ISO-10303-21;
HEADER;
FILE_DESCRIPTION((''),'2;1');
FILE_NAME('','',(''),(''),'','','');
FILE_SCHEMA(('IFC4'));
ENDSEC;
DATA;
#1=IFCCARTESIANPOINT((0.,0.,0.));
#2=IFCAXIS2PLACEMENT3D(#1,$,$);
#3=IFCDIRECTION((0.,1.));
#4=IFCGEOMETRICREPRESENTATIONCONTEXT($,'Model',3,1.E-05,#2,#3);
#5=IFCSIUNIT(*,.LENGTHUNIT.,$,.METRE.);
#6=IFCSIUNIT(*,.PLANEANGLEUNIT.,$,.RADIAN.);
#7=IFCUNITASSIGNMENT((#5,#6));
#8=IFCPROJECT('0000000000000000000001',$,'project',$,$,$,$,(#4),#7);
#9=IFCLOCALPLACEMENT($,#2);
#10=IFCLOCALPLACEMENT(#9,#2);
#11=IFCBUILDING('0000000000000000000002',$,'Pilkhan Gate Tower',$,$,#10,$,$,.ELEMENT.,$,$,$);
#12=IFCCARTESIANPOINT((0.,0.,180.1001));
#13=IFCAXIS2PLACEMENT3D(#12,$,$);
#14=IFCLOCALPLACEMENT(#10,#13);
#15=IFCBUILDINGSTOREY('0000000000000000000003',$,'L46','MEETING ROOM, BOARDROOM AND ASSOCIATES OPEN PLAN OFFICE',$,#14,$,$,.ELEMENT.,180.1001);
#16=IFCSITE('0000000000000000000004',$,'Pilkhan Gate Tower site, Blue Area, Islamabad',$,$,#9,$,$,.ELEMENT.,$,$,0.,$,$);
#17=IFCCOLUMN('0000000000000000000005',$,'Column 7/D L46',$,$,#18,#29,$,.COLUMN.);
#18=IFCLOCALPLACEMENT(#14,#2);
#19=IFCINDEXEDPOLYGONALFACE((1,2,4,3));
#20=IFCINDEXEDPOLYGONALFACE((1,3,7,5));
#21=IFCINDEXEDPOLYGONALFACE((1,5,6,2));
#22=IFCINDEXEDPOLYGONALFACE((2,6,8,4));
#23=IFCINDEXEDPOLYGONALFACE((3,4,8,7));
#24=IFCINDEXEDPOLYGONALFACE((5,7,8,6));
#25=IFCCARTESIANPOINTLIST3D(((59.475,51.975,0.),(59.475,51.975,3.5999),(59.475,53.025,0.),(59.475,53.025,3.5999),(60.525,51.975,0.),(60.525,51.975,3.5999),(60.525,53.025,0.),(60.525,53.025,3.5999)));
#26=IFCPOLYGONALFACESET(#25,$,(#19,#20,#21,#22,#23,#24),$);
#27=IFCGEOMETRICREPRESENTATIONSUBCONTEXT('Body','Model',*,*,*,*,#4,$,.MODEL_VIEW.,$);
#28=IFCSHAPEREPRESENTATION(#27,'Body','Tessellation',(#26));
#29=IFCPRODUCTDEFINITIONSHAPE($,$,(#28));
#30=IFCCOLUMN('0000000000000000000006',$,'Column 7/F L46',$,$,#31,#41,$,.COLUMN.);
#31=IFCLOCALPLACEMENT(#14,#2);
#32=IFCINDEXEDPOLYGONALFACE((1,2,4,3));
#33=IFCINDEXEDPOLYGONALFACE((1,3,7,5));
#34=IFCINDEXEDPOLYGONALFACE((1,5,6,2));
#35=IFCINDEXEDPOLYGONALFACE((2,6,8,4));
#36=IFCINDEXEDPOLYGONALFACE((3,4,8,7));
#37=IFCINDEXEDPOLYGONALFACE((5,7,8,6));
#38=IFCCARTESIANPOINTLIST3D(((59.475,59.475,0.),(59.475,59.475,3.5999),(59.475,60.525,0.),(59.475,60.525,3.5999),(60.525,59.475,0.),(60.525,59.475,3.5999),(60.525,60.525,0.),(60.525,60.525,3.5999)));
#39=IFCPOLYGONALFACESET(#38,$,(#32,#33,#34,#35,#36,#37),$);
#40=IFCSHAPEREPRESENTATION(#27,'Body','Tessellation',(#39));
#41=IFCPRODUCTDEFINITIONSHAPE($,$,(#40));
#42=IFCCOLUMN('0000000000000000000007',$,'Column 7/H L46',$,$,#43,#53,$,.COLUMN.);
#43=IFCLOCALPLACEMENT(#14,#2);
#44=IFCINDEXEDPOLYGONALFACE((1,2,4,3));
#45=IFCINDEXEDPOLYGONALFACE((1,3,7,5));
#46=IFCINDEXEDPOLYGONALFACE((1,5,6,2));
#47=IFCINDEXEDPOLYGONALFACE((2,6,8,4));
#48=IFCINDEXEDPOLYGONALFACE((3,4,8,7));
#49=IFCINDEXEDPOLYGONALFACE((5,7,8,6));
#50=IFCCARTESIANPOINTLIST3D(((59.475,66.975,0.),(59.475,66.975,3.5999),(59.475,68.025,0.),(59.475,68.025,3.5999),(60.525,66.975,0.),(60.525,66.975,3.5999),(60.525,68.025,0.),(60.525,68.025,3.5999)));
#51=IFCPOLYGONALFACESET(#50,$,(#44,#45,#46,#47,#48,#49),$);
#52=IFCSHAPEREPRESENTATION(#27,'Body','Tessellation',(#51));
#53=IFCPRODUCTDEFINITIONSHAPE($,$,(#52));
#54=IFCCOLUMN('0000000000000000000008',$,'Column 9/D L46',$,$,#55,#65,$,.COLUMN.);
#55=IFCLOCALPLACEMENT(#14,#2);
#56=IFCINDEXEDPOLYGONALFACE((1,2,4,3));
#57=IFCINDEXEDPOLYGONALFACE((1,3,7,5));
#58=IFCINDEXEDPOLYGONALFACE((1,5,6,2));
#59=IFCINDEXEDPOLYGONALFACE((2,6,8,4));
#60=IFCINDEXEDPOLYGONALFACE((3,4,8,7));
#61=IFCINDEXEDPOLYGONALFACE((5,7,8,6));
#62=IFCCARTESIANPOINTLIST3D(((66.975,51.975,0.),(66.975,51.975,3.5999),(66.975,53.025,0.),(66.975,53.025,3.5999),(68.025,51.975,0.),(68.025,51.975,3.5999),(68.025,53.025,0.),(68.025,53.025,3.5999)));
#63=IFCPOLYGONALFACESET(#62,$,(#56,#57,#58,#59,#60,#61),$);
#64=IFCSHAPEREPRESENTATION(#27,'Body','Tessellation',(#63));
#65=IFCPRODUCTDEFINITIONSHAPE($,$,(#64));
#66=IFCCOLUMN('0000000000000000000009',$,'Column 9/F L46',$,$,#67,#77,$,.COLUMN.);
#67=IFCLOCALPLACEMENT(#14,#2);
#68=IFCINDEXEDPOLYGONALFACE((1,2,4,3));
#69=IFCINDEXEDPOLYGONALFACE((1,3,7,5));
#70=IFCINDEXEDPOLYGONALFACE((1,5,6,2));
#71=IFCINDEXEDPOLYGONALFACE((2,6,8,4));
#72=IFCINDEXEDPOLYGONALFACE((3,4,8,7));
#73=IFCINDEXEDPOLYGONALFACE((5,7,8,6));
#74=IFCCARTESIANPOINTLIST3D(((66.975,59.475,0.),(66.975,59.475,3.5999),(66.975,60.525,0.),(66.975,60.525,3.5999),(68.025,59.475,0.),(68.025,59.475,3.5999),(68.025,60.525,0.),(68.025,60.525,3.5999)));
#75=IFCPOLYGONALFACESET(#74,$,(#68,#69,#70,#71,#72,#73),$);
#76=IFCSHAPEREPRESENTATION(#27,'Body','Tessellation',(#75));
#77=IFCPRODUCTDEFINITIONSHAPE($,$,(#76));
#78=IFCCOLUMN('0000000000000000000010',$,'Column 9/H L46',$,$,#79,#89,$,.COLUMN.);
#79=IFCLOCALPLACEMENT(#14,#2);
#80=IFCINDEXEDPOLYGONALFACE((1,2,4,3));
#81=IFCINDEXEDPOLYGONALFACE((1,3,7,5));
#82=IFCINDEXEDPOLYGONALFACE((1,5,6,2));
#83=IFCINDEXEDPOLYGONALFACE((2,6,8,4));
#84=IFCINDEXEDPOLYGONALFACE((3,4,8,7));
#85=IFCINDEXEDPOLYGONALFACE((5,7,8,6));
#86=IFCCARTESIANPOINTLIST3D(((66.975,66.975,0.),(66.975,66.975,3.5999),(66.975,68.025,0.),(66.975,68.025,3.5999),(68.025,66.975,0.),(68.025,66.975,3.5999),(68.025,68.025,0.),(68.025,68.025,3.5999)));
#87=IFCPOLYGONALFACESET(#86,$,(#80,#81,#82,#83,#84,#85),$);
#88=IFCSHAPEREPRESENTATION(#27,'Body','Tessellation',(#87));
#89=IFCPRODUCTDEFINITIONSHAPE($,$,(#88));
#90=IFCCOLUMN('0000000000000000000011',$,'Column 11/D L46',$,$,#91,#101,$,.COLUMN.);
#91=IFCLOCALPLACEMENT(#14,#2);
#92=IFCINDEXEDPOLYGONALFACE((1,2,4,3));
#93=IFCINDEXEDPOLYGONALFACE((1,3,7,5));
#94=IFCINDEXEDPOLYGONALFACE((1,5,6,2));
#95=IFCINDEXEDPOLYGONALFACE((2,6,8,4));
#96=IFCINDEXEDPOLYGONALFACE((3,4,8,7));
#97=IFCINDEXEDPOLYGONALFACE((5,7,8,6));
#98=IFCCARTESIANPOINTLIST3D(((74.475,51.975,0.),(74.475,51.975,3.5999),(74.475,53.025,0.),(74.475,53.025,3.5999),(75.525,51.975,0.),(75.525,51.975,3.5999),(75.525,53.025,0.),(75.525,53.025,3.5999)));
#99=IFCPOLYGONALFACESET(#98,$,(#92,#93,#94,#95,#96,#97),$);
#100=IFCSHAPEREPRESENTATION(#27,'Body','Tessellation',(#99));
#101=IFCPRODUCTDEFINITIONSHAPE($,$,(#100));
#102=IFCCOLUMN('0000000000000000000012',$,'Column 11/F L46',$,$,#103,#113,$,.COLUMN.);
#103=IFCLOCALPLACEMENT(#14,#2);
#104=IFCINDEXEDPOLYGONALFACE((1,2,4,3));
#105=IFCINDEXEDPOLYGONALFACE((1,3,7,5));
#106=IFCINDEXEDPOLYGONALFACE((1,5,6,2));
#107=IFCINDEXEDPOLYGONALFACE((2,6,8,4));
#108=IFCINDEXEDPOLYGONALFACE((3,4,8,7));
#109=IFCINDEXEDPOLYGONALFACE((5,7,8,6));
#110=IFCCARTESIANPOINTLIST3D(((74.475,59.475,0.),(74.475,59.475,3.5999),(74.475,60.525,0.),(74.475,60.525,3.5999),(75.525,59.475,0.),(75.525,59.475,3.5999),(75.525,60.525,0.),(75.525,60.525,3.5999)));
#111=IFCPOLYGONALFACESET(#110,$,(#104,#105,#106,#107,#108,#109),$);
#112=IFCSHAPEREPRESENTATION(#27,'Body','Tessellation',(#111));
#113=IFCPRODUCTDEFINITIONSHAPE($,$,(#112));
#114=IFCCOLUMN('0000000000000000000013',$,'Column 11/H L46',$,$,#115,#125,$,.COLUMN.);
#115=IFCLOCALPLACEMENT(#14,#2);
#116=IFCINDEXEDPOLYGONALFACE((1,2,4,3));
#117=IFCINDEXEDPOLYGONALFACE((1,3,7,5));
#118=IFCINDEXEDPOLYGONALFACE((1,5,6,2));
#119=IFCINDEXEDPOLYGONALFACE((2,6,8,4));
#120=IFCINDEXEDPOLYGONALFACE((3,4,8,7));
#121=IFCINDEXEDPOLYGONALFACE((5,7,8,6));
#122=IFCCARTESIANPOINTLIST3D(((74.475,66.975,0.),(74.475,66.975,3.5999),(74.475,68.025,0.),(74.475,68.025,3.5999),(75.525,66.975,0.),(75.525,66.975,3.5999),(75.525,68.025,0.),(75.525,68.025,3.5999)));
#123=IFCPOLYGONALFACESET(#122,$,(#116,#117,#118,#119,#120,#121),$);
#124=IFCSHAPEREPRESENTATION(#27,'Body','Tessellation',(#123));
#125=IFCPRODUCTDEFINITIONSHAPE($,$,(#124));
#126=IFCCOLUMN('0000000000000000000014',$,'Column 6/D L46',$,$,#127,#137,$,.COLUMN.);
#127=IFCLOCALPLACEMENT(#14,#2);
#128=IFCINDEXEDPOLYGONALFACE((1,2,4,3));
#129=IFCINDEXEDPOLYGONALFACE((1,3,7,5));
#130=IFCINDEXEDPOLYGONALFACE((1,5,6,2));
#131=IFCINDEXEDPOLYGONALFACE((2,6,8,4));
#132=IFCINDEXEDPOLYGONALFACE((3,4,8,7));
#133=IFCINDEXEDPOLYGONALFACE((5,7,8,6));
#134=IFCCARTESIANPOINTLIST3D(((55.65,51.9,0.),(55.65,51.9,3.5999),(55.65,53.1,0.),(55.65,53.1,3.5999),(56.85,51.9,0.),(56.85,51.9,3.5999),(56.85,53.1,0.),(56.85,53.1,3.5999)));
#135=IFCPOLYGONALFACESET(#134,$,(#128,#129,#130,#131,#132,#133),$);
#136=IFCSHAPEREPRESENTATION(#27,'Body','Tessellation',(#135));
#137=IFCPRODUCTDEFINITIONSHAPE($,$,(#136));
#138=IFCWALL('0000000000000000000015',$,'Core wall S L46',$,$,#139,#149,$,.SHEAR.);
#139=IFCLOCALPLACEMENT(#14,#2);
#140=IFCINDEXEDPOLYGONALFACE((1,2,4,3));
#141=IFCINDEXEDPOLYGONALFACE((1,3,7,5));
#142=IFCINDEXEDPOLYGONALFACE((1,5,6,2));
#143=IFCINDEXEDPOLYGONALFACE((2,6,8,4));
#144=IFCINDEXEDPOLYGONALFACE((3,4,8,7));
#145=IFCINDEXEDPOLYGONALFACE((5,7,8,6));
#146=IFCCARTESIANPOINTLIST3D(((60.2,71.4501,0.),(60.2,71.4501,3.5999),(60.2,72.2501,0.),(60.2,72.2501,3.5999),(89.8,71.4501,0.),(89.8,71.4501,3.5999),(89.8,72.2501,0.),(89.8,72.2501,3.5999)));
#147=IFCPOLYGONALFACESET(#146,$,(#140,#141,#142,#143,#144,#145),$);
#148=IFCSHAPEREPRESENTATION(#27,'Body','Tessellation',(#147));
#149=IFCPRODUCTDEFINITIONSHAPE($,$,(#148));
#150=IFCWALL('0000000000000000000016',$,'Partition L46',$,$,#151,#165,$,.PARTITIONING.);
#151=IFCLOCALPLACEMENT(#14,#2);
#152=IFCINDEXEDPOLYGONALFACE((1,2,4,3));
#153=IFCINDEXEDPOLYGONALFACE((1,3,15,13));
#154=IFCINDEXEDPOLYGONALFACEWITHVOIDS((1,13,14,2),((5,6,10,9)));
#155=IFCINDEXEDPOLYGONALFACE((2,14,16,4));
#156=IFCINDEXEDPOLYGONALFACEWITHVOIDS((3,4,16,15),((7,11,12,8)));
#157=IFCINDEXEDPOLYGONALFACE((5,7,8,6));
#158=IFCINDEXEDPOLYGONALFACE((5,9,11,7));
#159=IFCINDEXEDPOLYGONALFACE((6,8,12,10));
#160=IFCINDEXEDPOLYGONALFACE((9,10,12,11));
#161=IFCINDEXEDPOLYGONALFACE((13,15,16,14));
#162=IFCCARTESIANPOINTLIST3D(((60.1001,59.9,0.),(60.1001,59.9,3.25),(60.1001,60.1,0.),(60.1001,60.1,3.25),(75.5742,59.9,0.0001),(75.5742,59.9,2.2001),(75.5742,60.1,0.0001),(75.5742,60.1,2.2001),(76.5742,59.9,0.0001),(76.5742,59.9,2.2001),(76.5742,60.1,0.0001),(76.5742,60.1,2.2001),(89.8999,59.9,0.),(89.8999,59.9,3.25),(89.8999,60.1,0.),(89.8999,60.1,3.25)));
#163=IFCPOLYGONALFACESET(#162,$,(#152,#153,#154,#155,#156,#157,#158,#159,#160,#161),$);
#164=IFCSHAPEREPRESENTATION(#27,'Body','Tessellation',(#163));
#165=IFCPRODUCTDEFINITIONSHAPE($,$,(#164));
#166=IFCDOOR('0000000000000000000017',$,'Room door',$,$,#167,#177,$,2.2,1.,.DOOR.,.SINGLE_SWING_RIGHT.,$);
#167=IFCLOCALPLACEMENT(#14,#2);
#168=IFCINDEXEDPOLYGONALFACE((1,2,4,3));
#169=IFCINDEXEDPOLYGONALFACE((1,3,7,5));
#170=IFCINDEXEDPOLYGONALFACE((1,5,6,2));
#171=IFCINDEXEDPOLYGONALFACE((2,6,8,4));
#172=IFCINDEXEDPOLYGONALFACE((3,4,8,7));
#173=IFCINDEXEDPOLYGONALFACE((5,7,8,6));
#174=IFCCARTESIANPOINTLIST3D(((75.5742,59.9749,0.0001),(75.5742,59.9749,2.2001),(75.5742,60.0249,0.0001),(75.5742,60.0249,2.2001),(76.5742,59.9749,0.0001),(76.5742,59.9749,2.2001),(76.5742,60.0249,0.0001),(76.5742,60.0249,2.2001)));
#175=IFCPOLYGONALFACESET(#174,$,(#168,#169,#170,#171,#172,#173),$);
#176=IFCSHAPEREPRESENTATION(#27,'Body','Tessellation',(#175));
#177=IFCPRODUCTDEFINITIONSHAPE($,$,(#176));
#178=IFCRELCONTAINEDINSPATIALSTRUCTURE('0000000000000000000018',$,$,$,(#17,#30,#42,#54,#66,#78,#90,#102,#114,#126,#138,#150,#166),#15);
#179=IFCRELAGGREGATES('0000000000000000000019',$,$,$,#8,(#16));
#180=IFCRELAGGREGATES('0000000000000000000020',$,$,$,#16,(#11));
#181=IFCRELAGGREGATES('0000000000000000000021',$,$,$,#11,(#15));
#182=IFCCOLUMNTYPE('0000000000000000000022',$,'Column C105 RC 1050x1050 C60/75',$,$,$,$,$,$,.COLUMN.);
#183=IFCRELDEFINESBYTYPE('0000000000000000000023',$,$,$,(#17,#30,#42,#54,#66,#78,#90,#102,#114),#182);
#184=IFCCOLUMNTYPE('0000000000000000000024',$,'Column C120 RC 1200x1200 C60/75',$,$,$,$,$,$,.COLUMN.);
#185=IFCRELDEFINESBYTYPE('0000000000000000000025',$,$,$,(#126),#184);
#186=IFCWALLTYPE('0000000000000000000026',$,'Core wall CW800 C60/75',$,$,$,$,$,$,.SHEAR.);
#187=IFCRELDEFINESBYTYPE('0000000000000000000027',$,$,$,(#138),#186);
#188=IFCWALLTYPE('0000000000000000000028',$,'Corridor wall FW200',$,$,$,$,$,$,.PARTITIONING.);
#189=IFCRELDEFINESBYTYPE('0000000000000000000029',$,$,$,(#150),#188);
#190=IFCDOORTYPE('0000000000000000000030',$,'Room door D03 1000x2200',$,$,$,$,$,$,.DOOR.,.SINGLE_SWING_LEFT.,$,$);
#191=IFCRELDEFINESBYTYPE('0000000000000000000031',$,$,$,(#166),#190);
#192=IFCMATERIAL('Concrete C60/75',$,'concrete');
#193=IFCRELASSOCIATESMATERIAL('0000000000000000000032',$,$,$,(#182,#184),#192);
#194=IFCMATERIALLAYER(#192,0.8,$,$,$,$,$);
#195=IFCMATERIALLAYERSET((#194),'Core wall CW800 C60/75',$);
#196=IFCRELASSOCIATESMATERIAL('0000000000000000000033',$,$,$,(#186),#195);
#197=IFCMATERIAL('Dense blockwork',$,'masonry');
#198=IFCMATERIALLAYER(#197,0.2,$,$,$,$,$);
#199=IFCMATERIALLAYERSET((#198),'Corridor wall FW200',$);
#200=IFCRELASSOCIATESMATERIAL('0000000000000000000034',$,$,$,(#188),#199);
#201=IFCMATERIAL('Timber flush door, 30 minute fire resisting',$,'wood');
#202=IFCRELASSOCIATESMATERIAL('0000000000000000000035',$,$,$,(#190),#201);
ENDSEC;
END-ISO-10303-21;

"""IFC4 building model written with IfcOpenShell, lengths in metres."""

from ifc_helpers import new_model, si_unit, direction, frame, frame_2d, origin, origin_2d, place, context, subcontext, project, spatial, rectangle, extrude, material, layer, layer_set, material_profile, profile_set, type_object, element, fill, save


model = new_model("IFC4")

# Units and contexts
model_context = context("Model", 3, precision=1e-05, world=origin(), true_north=direction((0.0, 1.0)))
body_context = subcontext(model_context, "Body", "Model", "MODEL_VIEW")
ifc_project = project(units=[si_unit("LENGTHUNIT", "METRE"), si_unit("PLANEANGLEUNIT", "RADIAN")], contexts=[model_context])

# Site, building, storey
site_placement = place(None, origin())
site = spatial("IfcSite", under=ifc_project, at=site_placement, Name="Pilkhan Gate Tower site, Blue Area, Islamabad", CompositionType="ELEMENT", RefElevation=0.0)
building_placement = place(site_placement, origin())
building = spatial("IfcBuilding", under=site, at=building_placement, Name="Pilkhan Gate Tower", CompositionType="ELEMENT")
storey_placement = place(building_placement, frame((0.0, 0.0, 180.1001)))
storey = spatial("IfcBuildingStorey", under=building, at=storey_placement, Name="L46", Description="MEETING ROOM, BOARDROOM AND ASSOCIATES OPEN PLAN OFFICE", CompositionType="ELEMENT", Elevation=180.1001)

# Columns
ifc_material_1 = material(Name="Concrete C60/75", Category="concrete")
ifc_material_profile_1 = material_profile(ifc_material_1, rectangle(XDim=1.05, YDim=1.05, at=origin_2d()), Name="RC 1050x1050")
ifc_profile_set_1 = profile_set([ifc_material_profile_1], Name="Concrete C60/75")
column_type_1 = type_object("IfcColumnType", Name="Column C105 RC 1050x1050 C60/75", PredefinedType="COLUMN", material=ifc_profile_set_1)
for number, where, z_axis, x_axis, name in (
    (1, (60.0, 52.5, 0.0), (0.0, 0.0, 1.0), (1.0, 0.0, 0.0), "Column 7/D L46"),
    (2, (60.0, 60.0, 0.0), (0.0, 0.0, 1.0), (1.0, 0.0, 0.0), "Column 7/F L46"),
    (3, (60.0, 67.5, 0.0), (0.0, 0.0, 1.0), (1.0, 0.0, 0.0), "Column 7/H L46"),
    (4, (67.5, 52.5, 0.0), (0.0, 0.0, 1.0), (1.0, 0.0, 0.0), "Column 9/D L46"),
    (5, (67.5, 60.0, 0.0), (0.0, 0.0, 1.0), (1.0, 0.0, 0.0), "Column 9/F L46"),
    (6, (67.5, 67.5, 0.0), (0.0, 0.0, 1.0), (1.0, 0.0, 0.0), "Column 9/H L46"),
    (7, (75.0, 52.5, 0.0), (0.0, 0.0, 1.0), (1.0, 0.0, 0.0), "Column 11/D L46"),
    (8, (75.0, 60.0, 0.0), (0.0, 0.0, 1.0), (1.0, 0.0, 0.0), "Column 11/F L46"),
    (9, (75.0, 67.5, 0.0), (0.0, 0.0, 1.0), (1.0, 0.0, 0.0), "Column 11/H L46"),
):
    element("IfcColumn", number, at=place(storey_placement, frame(where, z_axis=z_axis, x_axis=x_axis)), inside=storey, type_object=column_type_1, Name=name, PredefinedType="COLUMN", context=body_context, shape_type="SweptSolid", body=[
        extrude(rectangle(XDim=1.05, YDim=1.05, at=origin_2d()), origin(), (0.0, 0.0, 1.0), 3.5999),
    ])
ifc_material_profile_2 = material_profile(ifc_material_1, rectangle(XDim=1.2, YDim=1.2, at=origin_2d()), Name="RC 1200x1200")
ifc_profile_set_2 = profile_set([ifc_material_profile_2], Name="Concrete C60/75")
column_type_2 = type_object("IfcColumnType", Name="Column C120 RC 1200x1200 C60/75", PredefinedType="COLUMN", material=ifc_profile_set_2)
column_placement = place(storey_placement, frame((56.25, 52.5, 0.0), z_axis=(0.0, 0.0, 1.0), x_axis=(1.0, 0.0, 0.0)))
element("IfcColumn", 10, at=column_placement, inside=storey, type_object=column_type_2, Name="Column 6/D L46", PredefinedType="COLUMN", context=body_context, shape_type="SweptSolid", body=[
    extrude(rectangle(XDim=1.2, YDim=1.2, at=origin_2d()), origin(), (0.0, 0.0, 1.0), 3.5999),
])

# Wall
ifc_layer_1 = layer(ifc_material_1, 0.8)
ifc_layer_set_1 = layer_set([ifc_layer_1], Name="Core wall CW800 C60/75")
wall_type_1 = type_object("IfcWallType", Name="Core wall CW800 C60/75", PredefinedType="SHEAR", material=ifc_layer_set_1)
wall_1_placement = place(storey_placement, frame((60.2, 71.8501, 0.0), z_axis=(0.0, 0.0, 1.0), x_axis=(1.0, 0.0, 0.0)))
element("IfcWall", 11, at=wall_1_placement, inside=storey, type_object=wall_type_1, Name="Core wall S L46", PredefinedType="SHEAR", context=body_context, shape_type="SweptSolid", body=[
    extrude(rectangle(XDim=29.6001, YDim=0.8, at=frame_2d((14.8, 0.0))), origin(), (0.0, 0.0, 1.0), 3.5999),
])

# Wall, opening, door
ifc_material_2 = material(Name="Dense blockwork", Category="masonry")
ifc_layer_2 = layer(ifc_material_2, 0.2)
ifc_layer_set_2 = layer_set([ifc_layer_2], Name="Corridor wall FW200")
wall_type_2 = type_object("IfcWallType", Name="Corridor wall FW200", PredefinedType="PARTITIONING", material=ifc_layer_set_2)
wall_2_placement = place(storey_placement, frame((60.1001, 60.0, 0.0), z_axis=(0.0, 0.0, 1.0), x_axis=(1.0, 0.0, 0.0)))
wall_2 = element("IfcWall", 12, at=wall_2_placement, inside=storey, type_object=wall_type_2, Name="Partition L46", PredefinedType="PARTITIONING", context=body_context, shape_type="SweptSolid", body=[
    extrude(rectangle(XDim=29.7998, YDim=0.2, at=frame_2d((14.8999, 0.0))), origin(), (0.0, 0.0, 1.0), 3.25),
])
opening_1_placement = place(wall_2_placement, frame((15.4741, 0.0, 0.0)))
opening_1 = element("IfcOpeningElement", 13, at=opening_1_placement, cuts=wall_2, PredefinedType="OPENING", context=body_context, shape_type="SweptSolid", body=[
    extrude(rectangle(XDim=1.0, YDim=2.2, at=frame_2d((0.5, 1.1001))), frame((0.0, 0.1099, 0.0), z_axis=(0.0, -1.0, 0.0), x_axis=(1.0, 0.0, 0.0)), (0.0, 0.0, 1.0), 0.22),
])
ifc_material_3 = material(Name="Timber flush door, 30 minute fire resisting", Category="wood")
door_type_1 = type_object("IfcDoorType", Name="Room door D03 1000x2200", OperationType="SINGLE_SWING_LEFT", PredefinedType="DOOR", material=ifc_material_3)
door_1_placement = place(opening_1_placement, origin())
door_1 = element("IfcDoor", 14, at=door_1_placement, inside=storey, type_object=door_type_1, Name="Room door", OperationType="SINGLE_SWING_RIGHT", OverallHeight=2.2, OverallWidth=1.0, PredefinedType="DOOR", context=body_context, shape_type="SweptSolid", body=[
    extrude(rectangle(XDim=1.0, YDim=2.2, at=frame_2d((0.5, 1.1001))), frame((0.0, 0.0249, 0.0), z_axis=(0.0, -1.0, 0.0), x_axis=(1.0, 0.0, 0.0)), (0.0, 0.0, 1.0), 0.05),
])
fill(opening_1, door_1)

save(model, "model.ifc")
